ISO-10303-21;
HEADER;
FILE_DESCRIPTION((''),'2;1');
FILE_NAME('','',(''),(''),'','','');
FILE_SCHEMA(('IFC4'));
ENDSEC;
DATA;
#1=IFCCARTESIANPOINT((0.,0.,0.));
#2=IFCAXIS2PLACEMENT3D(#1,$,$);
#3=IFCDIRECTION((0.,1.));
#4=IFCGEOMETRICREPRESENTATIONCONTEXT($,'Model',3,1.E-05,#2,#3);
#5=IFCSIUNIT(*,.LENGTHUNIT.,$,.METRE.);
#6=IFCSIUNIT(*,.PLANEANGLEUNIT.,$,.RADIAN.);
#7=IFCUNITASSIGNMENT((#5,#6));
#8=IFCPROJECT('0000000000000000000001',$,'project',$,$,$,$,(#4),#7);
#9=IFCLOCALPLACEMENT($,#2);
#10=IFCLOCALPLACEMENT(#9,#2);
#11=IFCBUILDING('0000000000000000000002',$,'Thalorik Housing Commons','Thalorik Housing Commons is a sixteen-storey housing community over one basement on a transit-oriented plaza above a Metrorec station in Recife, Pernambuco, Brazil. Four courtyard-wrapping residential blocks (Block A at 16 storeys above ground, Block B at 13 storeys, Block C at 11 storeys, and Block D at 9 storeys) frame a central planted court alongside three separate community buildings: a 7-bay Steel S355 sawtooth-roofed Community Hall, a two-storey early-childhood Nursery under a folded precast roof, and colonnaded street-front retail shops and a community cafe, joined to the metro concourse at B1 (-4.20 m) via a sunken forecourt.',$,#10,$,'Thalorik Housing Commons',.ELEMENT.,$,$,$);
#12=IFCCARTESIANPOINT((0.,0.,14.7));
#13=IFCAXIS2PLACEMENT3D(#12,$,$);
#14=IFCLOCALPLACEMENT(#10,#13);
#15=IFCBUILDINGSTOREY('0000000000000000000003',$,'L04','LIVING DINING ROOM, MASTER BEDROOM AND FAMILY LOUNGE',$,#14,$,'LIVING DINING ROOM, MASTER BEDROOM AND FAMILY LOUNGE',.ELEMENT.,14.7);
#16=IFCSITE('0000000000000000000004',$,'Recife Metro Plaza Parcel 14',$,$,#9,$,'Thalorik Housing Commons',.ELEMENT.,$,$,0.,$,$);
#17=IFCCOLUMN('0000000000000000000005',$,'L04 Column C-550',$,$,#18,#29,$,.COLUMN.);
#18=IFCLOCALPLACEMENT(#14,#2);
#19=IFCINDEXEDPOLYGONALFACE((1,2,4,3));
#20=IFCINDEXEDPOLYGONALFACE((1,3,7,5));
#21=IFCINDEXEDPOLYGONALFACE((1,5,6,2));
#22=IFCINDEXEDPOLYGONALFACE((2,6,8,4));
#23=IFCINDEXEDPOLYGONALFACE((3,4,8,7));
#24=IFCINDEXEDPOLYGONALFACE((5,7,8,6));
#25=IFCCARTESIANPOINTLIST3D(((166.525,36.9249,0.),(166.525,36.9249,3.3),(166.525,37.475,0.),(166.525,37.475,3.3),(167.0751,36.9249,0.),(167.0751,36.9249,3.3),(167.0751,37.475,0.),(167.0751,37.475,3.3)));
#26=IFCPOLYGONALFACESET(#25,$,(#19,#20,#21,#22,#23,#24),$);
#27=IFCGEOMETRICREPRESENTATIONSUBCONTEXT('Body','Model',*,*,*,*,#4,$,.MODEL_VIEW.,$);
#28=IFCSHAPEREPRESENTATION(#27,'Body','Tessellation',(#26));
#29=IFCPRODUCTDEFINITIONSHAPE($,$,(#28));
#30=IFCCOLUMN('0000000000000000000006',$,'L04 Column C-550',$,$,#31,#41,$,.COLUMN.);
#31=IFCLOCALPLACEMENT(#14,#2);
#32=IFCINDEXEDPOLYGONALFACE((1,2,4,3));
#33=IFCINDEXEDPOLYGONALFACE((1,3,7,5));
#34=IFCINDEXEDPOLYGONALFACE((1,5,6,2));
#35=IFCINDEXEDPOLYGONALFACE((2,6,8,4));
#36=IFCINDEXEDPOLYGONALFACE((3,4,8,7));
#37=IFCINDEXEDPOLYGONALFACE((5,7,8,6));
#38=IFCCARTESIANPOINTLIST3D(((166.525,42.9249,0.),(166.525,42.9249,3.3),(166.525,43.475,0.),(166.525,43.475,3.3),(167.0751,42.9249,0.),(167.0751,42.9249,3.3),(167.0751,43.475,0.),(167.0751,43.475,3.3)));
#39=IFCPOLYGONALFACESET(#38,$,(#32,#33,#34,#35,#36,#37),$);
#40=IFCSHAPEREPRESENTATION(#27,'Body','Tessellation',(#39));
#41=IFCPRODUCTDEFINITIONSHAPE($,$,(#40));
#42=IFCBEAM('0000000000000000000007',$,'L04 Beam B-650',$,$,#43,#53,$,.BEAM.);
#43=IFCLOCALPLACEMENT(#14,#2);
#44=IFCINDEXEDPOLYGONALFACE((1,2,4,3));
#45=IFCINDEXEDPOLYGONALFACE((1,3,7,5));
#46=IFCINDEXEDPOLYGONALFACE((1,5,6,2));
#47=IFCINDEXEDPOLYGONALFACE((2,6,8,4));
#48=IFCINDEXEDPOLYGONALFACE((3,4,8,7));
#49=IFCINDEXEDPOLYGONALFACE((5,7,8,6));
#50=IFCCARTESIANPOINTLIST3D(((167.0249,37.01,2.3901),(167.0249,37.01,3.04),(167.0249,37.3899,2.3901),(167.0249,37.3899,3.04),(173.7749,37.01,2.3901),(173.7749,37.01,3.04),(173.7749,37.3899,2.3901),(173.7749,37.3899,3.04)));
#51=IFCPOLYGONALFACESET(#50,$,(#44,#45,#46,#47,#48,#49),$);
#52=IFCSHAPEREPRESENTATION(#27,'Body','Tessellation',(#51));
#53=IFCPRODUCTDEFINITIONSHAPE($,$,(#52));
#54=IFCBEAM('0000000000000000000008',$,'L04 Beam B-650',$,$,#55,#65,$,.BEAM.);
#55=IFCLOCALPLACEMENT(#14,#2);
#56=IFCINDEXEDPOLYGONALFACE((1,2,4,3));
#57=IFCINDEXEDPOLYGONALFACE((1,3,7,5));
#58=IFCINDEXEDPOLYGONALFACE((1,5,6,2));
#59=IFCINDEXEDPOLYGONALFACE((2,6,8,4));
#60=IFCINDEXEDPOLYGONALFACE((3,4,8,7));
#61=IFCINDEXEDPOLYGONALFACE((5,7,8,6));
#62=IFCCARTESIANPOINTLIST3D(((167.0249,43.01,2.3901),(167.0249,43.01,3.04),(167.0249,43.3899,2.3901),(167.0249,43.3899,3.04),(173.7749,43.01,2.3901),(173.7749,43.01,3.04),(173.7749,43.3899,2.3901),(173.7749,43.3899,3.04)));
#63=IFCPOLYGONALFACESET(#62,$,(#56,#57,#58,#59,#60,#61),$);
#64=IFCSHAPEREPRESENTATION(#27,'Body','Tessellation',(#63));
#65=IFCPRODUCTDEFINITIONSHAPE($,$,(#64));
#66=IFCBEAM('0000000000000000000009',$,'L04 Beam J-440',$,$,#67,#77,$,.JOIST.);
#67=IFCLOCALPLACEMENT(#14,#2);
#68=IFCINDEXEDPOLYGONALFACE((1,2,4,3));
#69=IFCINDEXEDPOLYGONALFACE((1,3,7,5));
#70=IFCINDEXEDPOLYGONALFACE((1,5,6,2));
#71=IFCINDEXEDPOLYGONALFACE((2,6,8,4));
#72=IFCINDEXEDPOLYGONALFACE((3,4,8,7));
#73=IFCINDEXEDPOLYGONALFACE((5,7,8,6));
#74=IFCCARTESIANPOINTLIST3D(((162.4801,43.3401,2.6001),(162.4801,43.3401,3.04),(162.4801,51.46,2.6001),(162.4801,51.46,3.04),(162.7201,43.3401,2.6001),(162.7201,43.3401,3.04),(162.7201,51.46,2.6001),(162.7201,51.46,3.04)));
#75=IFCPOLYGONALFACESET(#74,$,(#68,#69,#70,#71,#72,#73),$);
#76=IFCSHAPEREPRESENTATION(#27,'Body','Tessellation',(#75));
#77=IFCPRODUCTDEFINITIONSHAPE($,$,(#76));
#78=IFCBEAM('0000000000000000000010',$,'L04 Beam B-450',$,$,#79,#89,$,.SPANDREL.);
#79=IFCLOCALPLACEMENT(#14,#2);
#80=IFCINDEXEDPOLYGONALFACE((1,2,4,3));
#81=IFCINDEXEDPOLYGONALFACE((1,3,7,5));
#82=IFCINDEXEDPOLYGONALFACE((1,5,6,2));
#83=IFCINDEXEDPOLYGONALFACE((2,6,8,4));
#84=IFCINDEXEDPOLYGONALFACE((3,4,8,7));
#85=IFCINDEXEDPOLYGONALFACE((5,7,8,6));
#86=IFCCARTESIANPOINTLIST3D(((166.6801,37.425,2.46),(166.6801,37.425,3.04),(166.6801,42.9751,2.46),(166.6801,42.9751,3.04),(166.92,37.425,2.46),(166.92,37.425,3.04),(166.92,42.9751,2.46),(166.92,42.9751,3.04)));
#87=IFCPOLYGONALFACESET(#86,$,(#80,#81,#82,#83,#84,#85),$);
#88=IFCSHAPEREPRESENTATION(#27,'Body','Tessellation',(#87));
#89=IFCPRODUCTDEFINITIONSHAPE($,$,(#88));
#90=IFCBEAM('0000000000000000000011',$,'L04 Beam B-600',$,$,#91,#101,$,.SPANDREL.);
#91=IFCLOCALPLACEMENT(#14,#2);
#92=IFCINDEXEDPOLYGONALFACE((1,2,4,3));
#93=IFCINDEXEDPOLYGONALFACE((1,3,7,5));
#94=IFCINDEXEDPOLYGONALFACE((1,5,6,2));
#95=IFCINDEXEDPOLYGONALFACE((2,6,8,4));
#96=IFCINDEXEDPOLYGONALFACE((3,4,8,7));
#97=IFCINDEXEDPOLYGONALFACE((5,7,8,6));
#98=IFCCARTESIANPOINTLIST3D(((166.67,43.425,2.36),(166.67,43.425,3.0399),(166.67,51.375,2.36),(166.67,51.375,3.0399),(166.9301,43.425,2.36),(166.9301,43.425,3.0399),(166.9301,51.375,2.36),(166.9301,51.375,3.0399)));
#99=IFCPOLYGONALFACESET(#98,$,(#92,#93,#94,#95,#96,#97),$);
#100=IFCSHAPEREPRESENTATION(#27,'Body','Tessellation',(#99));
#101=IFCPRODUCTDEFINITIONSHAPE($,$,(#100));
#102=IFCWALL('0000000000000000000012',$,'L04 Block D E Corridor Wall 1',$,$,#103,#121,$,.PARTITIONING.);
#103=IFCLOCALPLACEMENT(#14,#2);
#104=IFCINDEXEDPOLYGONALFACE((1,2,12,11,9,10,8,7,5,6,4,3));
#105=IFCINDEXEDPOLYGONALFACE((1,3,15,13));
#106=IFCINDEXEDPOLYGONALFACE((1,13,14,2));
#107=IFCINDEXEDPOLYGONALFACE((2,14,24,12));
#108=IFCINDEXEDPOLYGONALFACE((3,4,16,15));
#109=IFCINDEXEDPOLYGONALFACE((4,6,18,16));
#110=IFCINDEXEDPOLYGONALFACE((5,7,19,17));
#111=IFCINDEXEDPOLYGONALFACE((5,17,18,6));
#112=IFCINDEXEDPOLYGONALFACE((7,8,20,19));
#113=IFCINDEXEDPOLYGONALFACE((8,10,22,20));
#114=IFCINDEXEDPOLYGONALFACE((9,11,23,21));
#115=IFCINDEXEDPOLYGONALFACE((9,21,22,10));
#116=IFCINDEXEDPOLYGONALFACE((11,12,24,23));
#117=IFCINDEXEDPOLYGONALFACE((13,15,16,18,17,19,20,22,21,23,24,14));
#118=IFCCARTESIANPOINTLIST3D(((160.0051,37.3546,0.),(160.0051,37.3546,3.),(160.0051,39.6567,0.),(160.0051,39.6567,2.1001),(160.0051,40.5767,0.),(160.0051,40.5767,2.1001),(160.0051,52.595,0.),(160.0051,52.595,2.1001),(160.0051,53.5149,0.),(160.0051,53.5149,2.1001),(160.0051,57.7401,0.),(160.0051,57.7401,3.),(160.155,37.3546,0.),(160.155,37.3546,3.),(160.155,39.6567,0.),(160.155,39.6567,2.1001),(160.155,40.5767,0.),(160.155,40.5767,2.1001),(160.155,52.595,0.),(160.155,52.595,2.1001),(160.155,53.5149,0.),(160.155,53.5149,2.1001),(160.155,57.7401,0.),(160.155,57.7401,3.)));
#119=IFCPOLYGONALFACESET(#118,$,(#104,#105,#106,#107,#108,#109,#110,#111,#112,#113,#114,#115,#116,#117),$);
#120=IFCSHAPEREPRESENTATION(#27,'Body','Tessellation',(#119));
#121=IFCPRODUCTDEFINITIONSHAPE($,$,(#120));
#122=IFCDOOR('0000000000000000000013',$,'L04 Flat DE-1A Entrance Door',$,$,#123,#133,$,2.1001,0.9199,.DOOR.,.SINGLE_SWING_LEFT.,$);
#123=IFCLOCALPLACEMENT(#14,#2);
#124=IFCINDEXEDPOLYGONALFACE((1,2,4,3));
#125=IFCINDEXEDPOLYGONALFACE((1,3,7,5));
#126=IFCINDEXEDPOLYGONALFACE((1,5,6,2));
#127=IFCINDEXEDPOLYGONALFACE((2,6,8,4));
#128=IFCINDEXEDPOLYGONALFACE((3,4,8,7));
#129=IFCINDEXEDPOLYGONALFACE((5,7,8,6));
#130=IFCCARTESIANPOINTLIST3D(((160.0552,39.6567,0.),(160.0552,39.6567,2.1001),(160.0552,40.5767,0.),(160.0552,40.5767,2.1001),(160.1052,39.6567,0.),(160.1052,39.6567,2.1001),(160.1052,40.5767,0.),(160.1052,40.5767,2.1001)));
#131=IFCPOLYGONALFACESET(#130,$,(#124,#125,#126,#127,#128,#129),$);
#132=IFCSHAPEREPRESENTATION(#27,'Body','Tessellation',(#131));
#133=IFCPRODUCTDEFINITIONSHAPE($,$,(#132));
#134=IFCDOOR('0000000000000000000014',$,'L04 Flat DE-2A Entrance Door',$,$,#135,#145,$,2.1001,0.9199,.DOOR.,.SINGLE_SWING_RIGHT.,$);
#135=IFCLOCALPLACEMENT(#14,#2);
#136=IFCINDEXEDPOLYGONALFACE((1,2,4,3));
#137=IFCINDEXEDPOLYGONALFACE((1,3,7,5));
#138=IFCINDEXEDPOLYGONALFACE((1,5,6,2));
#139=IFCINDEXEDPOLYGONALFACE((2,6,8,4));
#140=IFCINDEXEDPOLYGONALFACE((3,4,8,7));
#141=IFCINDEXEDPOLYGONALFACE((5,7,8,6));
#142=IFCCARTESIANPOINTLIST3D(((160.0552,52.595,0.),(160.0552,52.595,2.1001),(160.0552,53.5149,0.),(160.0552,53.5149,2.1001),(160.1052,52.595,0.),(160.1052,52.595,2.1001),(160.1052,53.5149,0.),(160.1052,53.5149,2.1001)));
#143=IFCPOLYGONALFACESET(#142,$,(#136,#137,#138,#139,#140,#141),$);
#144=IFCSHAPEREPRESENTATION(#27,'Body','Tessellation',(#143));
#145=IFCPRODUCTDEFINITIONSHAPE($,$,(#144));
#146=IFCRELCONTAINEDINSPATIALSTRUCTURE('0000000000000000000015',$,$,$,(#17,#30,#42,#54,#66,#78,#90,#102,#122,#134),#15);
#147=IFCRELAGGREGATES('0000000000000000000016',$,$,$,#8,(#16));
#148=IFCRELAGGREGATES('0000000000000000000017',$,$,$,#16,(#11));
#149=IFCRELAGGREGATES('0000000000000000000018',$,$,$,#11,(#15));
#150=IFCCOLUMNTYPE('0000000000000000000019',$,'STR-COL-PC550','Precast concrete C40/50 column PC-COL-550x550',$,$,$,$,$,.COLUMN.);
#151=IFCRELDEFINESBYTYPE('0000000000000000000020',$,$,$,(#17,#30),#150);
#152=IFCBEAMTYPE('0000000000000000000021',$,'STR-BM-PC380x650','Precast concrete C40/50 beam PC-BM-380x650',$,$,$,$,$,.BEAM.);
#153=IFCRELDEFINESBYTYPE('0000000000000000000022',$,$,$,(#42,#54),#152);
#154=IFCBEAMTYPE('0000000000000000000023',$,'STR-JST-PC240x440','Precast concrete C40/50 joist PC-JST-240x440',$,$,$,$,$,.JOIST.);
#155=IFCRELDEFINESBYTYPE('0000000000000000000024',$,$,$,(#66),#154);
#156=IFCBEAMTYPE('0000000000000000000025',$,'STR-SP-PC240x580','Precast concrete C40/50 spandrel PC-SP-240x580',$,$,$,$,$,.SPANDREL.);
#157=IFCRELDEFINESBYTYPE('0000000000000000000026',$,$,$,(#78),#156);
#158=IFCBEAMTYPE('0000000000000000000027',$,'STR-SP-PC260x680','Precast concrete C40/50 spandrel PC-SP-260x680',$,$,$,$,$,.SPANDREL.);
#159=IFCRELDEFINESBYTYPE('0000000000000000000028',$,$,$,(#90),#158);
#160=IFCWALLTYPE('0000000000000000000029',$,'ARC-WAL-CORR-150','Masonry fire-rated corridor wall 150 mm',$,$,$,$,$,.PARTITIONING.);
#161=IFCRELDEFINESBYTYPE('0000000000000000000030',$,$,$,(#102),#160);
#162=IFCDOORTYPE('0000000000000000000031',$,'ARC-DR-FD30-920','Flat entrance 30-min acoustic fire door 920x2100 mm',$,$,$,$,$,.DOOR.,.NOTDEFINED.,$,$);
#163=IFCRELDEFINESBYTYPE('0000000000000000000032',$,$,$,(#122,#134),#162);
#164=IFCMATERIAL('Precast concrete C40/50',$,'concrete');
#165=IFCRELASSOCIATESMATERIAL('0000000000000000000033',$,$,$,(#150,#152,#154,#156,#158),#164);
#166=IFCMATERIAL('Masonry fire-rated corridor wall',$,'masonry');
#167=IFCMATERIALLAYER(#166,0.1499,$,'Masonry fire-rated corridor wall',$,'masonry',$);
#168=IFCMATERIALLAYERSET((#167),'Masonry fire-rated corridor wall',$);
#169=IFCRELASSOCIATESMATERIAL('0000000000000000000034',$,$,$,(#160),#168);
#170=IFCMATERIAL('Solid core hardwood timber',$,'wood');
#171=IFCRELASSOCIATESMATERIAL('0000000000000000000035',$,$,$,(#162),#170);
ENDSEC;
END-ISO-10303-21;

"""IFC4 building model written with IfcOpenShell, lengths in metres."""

from ifc_helpers import new_model, si_unit, direction, frame, frame_2d, origin, origin_2d, place, context, subcontext, project, spatial, rectangle, extrude, material, layer, layer_set, material_profile, profile_set, type_object, element, fill, save


model = new_model("IFC4")

# Units and contexts
model_context = context("Model", 3, precision=1e-05, world=origin(), true_north=direction((0.0, 1.0)))
body_context = subcontext(model_context, "Body", "Model", "MODEL_VIEW")
ifc_project = project(units=[si_unit("LENGTHUNIT", "METRE"), si_unit("PLANEANGLEUNIT", "RADIAN")], contexts=[model_context])

# Site, building, storey
site_placement = place(None, origin())
site = spatial("IfcSite", under=ifc_project, at=site_placement, Name="Recife Metro Plaza Parcel 14", LongName="Thalorik Housing Commons", CompositionType="ELEMENT", RefElevation=0.0)
building_placement = place(site_placement, origin())
building = spatial("IfcBuilding", under=site, at=building_placement, Name="Thalorik Housing Commons", Description="Thalorik Housing Commons is a sixteen-storey housing community over one basement on a transit-oriented plaza above a Metrorec station in Recife, Pernambuco, Brazil. Four courtyard-wrapping residential blocks (Block A at 16 storeys above ground, Block B at 13 storeys, Block C at 11 storeys, and Block D at 9 storeys) frame a central planted court alongside three separate community buildings: a 7-bay Steel S355 sawtooth-roofed Community Hall, a two-storey early-childhood Nursery under a folded precast roof, and colonnaded street-front retail shops and a community cafe, joined to the metro concourse at B1 (-4.20 m) via a sunken forecourt.", LongName="Thalorik Housing Commons", CompositionType="ELEMENT")
storey_placement = place(building_placement, frame((0.0, 0.0, 14.7)))
storey = spatial("IfcBuildingStorey", under=building, at=storey_placement, Name="L04", Description="LIVING DINING ROOM, MASTER BEDROOM AND FAMILY LOUNGE", LongName="LIVING DINING ROOM, MASTER BEDROOM AND FAMILY LOUNGE", CompositionType="ELEMENT", Elevation=14.7)

# Columns
ifc_material_1 = material(Name="Precast concrete C40/50", Category="concrete")
ifc_material_profile_1 = material_profile(ifc_material_1, rectangle(XDim=0.55, YDim=0.55, at=origin_2d()), Name="PC 550x550", Category="concrete")
ifc_profile_set_1 = profile_set([ifc_material_profile_1], Name="Precast concrete C40/50")
column_type = type_object("IfcColumnType", Name="STR-COL-PC550", Description="Precast concrete C40/50 column PC-COL-550x550", PredefinedType="COLUMN", material=ifc_profile_set_1)
for number, where, z_axis, x_axis, name in (
    (1, (166.8, 37.2, 0.0), (0.0, 0.0, 1.0), (1.0, 0.0, 0.0), "L04 Column C-550"),
    (2, (166.8, 43.2, 0.0), (0.0, 0.0, 1.0), (1.0, 0.0, 0.0), "L04 Column C-550"),
):
    element("IfcColumn", number, at=place(storey_placement, frame(where, z_axis=z_axis, x_axis=x_axis)), inside=storey, type_object=column_type, Name=name, PredefinedType="COLUMN", context=body_context, shape_type="SweptSolid", body=[
        extrude(rectangle(XDim=0.55, YDim=0.55, at=origin_2d()), origin(), (0.0, 0.0, 1.0), 3.3),
    ])

# Beams
ifc_material_profile_2 = material_profile(ifc_material_1, rectangle(XDim=0.3799, YDim=0.6499, at=origin_2d()), Name="PC 380x650", Category="concrete")
ifc_profile_set_2 = profile_set([ifc_material_profile_2], Name="Precast concrete C40/50")
beam_type_1 = type_object("IfcBeamType", Name="STR-BM-PC380x650", Description="Precast concrete C40/50 beam PC-BM-380x650", PredefinedType="BEAM", material=ifc_profile_set_2)
for number, where, z_axis, x_axis, name in (
    (3, (167.0249, 37.2, 2.7151), (1.0, 0.0, 0.0), (0.0, 1.0, 0.0), "L04 Beam B-650"),
    (4, (167.0249, 43.2, 2.7151), (1.0, 0.0, 0.0), (0.0, 1.0, 0.0), "L04 Beam B-650"),
):
    element("IfcBeam", number, at=place(storey_placement, frame(where, z_axis=z_axis, x_axis=x_axis)), inside=storey, type_object=beam_type_1, Name=name, PredefinedType="BEAM", context=body_context, shape_type="SweptSolid", body=[
        extrude(rectangle(XDim=0.3799, YDim=0.6499, at=origin_2d()), origin(), (0.0, 0.0, 1.0), 6.75),
    ])
ifc_material_profile_3 = material_profile(ifc_material_1, rectangle(XDim=0.24, YDim=0.4399, at=origin_2d()), Name="PC JST 240x440", Category="concrete")
ifc_profile_set_3 = profile_set([ifc_material_profile_3], Name="Precast concrete C40/50")
beam_type_2 = type_object("IfcBeamType", Name="STR-JST-PC240x440", Description="Precast concrete C40/50 joist PC-JST-240x440", PredefinedType="JOIST", material=ifc_profile_set_3)
beam_1_placement = place(storey_placement, frame((162.6001, 43.3401, 2.8201), z_axis=(0.0, 1.0, 0.0), x_axis=(-1.0, 0.0, 0.0)))
element("IfcBeam", 5, at=beam_1_placement, inside=storey, type_object=beam_type_2, Name="L04 Beam J-440", PredefinedType="JOIST", context=body_context, shape_type="SweptSolid", body=[
    extrude(rectangle(XDim=0.24, YDim=0.4399, at=origin_2d()), origin(), (0.0, 0.0, 1.0), 8.1199),
])
ifc_material_profile_4 = material_profile(ifc_material_1, rectangle(XDim=0.24, YDim=0.5801, at=origin_2d()), Name="PC SP 240x580", Category="concrete")
ifc_profile_set_4 = profile_set([ifc_material_profile_4], Name="Precast concrete C40/50")
beam_type_3 = type_object("IfcBeamType", Name="STR-SP-PC240x580", Description="Precast concrete C40/50 spandrel PC-SP-240x580", PredefinedType="SPANDREL", material=ifc_profile_set_4)
beam_2_placement = place(storey_placement, frame((166.8, 37.425, 2.75), z_axis=(0.0, 1.0, 0.0), x_axis=(-1.0, 0.0, 0.0)))
element("IfcBeam", 6, at=beam_2_placement, inside=storey, type_object=beam_type_3, Name="L04 Beam B-450", PredefinedType="SPANDREL", context=body_context, shape_type="SweptSolid", body=[
    extrude(rectangle(XDim=0.24, YDim=0.5801, at=origin_2d()), origin(), (0.0, 0.0, 1.0), 5.55),
])
ifc_material_profile_5 = material_profile(ifc_material_1, rectangle(XDim=0.26, YDim=0.6799, at=origin_2d()), Name="PC SP 260x680", Category="concrete")
ifc_profile_set_5 = profile_set([ifc_material_profile_5], Name="Precast concrete C40/50")
beam_type_4 = type_object("IfcBeamType", Name="STR-SP-PC260x680", Description="Precast concrete C40/50 spandrel PC-SP-260x680", PredefinedType="SPANDREL", material=ifc_profile_set_5)
beam_3_placement = place(storey_placement, frame((166.8, 43.425, 2.7), z_axis=(0.0, 1.0, 0.0), x_axis=(-1.0, 0.0, 0.0)))
element("IfcBeam", 7, at=beam_3_placement, inside=storey, type_object=beam_type_4, Name="L04 Beam B-600", PredefinedType="SPANDREL", context=body_context, shape_type="SweptSolid", body=[
    extrude(rectangle(XDim=0.26, YDim=0.6799, at=origin_2d()), origin(), (0.0, 0.0, 1.0), 7.95),
])

# Wall, openings, doors
ifc_material_2 = material(Name="Masonry fire-rated corridor wall", Category="masonry")
ifc_layer_1 = layer(ifc_material_2, 0.1499, Name="Masonry fire-rated corridor wall", Category="masonry")
ifc_layer_set_1 = layer_set([ifc_layer_1], Name="Masonry fire-rated corridor wall")
wall_type_1 = type_object("IfcWallType", Name="ARC-WAL-CORR-150", Description="Masonry fire-rated corridor wall 150 mm", PredefinedType="PARTITIONING", material=ifc_layer_set_1)
wall_1_placement = place(storey_placement, frame((160.0801, 37.3545, 0.0), z_axis=(0.0, 0.0, 1.0), x_axis=(0.0, 1.0, 0.0)))
wall_1 = element("IfcWall", 8, at=wall_1_placement, inside=storey, type_object=wall_type_1, Name="L04 Block D E Corridor Wall 1", PredefinedType="PARTITIONING", context=body_context, shape_type="SweptSolid", body=[
    extrude(rectangle(XDim=20.3855, YDim=0.1499, at=frame_2d((10.1929, 0.0))), origin(), (0.0, 0.0, 1.0), 3.0),
])
opening_1_placement = place(wall_1_placement, frame((2.3022, 0.0, 0.0)))
opening_1 = element("IfcOpeningElement", 9, at=opening_1_placement, cuts=wall_1, PredefinedType="OPENING", context=body_context, shape_type="SweptSolid", body=[
    extrude(rectangle(XDim=0.9199, YDim=2.1001, at=frame_2d((0.46, 1.05))), frame((0.0, 0.085, 0.0), z_axis=(0.0, -1.0, 0.0), x_axis=(1.0, 0.0, 0.0)), (0.0, 0.0, 1.0), 0.1699),
])
opening_2_placement = place(wall_1_placement, frame((15.2405, 0.0, 0.0)))
opening_2 = element("IfcOpeningElement", 10, at=opening_2_placement, cuts=wall_1, PredefinedType="OPENING", context=body_context, shape_type="SweptSolid", body=[
    extrude(rectangle(XDim=0.9199, YDim=2.1001, at=frame_2d((0.46, 1.05))), frame((0.0, 0.085, 0.0), z_axis=(0.0, -1.0, 0.0), x_axis=(1.0, 0.0, 0.0)), (0.0, 0.0, 1.0), 0.1699),
])
ifc_material_3 = material(Name="Solid core hardwood timber", Category="wood")
door_type_1 = type_object("IfcDoorType", Name="ARC-DR-FD30-920", Description="Flat entrance 30-min acoustic fire door 920x2100 mm", OperationType="NOTDEFINED", PredefinedType="DOOR", material=ifc_material_3)
door_1_placement = place(opening_1_placement, origin())
door_1 = element("IfcDoor", 11, at=door_1_placement, inside=storey, type_object=door_type_1, Name="L04 Flat DE-1A Entrance Door", OperationType="SINGLE_SWING_LEFT", OverallHeight=2.1001, OverallWidth=0.9199, PredefinedType="DOOR", context=body_context, shape_type="SweptSolid", body=[
    extrude(rectangle(XDim=0.9199, YDim=2.1001, at=frame_2d((0.46, 1.05))), frame((0.0, 0.0249, 0.0), z_axis=(0.0, -1.0, 0.0), x_axis=(1.0, 0.0, 0.0)), (0.0, 0.0, 1.0), 0.05),
])
fill(opening_1, door_1)
door_2_placement = place(opening_2_placement, origin())
door_2 = element("IfcDoor", 12, at=door_2_placement, inside=storey, type_object=door_type_1, Name="L04 Flat DE-2A Entrance Door", OperationType="SINGLE_SWING_RIGHT", OverallHeight=2.1001, OverallWidth=0.9199, PredefinedType="DOOR", context=body_context, shape_type="SweptSolid", body=[
    extrude(rectangle(XDim=0.9199, YDim=2.1001, at=frame_2d((0.46, 1.05))), frame((0.0, 0.0249, 0.0), z_axis=(0.0, -1.0, 0.0), x_axis=(1.0, 0.0, 0.0)), (0.0, 0.0, 1.0), 0.05),
])
fill(opening_2, door_2)

save(model, "model.ifc")
